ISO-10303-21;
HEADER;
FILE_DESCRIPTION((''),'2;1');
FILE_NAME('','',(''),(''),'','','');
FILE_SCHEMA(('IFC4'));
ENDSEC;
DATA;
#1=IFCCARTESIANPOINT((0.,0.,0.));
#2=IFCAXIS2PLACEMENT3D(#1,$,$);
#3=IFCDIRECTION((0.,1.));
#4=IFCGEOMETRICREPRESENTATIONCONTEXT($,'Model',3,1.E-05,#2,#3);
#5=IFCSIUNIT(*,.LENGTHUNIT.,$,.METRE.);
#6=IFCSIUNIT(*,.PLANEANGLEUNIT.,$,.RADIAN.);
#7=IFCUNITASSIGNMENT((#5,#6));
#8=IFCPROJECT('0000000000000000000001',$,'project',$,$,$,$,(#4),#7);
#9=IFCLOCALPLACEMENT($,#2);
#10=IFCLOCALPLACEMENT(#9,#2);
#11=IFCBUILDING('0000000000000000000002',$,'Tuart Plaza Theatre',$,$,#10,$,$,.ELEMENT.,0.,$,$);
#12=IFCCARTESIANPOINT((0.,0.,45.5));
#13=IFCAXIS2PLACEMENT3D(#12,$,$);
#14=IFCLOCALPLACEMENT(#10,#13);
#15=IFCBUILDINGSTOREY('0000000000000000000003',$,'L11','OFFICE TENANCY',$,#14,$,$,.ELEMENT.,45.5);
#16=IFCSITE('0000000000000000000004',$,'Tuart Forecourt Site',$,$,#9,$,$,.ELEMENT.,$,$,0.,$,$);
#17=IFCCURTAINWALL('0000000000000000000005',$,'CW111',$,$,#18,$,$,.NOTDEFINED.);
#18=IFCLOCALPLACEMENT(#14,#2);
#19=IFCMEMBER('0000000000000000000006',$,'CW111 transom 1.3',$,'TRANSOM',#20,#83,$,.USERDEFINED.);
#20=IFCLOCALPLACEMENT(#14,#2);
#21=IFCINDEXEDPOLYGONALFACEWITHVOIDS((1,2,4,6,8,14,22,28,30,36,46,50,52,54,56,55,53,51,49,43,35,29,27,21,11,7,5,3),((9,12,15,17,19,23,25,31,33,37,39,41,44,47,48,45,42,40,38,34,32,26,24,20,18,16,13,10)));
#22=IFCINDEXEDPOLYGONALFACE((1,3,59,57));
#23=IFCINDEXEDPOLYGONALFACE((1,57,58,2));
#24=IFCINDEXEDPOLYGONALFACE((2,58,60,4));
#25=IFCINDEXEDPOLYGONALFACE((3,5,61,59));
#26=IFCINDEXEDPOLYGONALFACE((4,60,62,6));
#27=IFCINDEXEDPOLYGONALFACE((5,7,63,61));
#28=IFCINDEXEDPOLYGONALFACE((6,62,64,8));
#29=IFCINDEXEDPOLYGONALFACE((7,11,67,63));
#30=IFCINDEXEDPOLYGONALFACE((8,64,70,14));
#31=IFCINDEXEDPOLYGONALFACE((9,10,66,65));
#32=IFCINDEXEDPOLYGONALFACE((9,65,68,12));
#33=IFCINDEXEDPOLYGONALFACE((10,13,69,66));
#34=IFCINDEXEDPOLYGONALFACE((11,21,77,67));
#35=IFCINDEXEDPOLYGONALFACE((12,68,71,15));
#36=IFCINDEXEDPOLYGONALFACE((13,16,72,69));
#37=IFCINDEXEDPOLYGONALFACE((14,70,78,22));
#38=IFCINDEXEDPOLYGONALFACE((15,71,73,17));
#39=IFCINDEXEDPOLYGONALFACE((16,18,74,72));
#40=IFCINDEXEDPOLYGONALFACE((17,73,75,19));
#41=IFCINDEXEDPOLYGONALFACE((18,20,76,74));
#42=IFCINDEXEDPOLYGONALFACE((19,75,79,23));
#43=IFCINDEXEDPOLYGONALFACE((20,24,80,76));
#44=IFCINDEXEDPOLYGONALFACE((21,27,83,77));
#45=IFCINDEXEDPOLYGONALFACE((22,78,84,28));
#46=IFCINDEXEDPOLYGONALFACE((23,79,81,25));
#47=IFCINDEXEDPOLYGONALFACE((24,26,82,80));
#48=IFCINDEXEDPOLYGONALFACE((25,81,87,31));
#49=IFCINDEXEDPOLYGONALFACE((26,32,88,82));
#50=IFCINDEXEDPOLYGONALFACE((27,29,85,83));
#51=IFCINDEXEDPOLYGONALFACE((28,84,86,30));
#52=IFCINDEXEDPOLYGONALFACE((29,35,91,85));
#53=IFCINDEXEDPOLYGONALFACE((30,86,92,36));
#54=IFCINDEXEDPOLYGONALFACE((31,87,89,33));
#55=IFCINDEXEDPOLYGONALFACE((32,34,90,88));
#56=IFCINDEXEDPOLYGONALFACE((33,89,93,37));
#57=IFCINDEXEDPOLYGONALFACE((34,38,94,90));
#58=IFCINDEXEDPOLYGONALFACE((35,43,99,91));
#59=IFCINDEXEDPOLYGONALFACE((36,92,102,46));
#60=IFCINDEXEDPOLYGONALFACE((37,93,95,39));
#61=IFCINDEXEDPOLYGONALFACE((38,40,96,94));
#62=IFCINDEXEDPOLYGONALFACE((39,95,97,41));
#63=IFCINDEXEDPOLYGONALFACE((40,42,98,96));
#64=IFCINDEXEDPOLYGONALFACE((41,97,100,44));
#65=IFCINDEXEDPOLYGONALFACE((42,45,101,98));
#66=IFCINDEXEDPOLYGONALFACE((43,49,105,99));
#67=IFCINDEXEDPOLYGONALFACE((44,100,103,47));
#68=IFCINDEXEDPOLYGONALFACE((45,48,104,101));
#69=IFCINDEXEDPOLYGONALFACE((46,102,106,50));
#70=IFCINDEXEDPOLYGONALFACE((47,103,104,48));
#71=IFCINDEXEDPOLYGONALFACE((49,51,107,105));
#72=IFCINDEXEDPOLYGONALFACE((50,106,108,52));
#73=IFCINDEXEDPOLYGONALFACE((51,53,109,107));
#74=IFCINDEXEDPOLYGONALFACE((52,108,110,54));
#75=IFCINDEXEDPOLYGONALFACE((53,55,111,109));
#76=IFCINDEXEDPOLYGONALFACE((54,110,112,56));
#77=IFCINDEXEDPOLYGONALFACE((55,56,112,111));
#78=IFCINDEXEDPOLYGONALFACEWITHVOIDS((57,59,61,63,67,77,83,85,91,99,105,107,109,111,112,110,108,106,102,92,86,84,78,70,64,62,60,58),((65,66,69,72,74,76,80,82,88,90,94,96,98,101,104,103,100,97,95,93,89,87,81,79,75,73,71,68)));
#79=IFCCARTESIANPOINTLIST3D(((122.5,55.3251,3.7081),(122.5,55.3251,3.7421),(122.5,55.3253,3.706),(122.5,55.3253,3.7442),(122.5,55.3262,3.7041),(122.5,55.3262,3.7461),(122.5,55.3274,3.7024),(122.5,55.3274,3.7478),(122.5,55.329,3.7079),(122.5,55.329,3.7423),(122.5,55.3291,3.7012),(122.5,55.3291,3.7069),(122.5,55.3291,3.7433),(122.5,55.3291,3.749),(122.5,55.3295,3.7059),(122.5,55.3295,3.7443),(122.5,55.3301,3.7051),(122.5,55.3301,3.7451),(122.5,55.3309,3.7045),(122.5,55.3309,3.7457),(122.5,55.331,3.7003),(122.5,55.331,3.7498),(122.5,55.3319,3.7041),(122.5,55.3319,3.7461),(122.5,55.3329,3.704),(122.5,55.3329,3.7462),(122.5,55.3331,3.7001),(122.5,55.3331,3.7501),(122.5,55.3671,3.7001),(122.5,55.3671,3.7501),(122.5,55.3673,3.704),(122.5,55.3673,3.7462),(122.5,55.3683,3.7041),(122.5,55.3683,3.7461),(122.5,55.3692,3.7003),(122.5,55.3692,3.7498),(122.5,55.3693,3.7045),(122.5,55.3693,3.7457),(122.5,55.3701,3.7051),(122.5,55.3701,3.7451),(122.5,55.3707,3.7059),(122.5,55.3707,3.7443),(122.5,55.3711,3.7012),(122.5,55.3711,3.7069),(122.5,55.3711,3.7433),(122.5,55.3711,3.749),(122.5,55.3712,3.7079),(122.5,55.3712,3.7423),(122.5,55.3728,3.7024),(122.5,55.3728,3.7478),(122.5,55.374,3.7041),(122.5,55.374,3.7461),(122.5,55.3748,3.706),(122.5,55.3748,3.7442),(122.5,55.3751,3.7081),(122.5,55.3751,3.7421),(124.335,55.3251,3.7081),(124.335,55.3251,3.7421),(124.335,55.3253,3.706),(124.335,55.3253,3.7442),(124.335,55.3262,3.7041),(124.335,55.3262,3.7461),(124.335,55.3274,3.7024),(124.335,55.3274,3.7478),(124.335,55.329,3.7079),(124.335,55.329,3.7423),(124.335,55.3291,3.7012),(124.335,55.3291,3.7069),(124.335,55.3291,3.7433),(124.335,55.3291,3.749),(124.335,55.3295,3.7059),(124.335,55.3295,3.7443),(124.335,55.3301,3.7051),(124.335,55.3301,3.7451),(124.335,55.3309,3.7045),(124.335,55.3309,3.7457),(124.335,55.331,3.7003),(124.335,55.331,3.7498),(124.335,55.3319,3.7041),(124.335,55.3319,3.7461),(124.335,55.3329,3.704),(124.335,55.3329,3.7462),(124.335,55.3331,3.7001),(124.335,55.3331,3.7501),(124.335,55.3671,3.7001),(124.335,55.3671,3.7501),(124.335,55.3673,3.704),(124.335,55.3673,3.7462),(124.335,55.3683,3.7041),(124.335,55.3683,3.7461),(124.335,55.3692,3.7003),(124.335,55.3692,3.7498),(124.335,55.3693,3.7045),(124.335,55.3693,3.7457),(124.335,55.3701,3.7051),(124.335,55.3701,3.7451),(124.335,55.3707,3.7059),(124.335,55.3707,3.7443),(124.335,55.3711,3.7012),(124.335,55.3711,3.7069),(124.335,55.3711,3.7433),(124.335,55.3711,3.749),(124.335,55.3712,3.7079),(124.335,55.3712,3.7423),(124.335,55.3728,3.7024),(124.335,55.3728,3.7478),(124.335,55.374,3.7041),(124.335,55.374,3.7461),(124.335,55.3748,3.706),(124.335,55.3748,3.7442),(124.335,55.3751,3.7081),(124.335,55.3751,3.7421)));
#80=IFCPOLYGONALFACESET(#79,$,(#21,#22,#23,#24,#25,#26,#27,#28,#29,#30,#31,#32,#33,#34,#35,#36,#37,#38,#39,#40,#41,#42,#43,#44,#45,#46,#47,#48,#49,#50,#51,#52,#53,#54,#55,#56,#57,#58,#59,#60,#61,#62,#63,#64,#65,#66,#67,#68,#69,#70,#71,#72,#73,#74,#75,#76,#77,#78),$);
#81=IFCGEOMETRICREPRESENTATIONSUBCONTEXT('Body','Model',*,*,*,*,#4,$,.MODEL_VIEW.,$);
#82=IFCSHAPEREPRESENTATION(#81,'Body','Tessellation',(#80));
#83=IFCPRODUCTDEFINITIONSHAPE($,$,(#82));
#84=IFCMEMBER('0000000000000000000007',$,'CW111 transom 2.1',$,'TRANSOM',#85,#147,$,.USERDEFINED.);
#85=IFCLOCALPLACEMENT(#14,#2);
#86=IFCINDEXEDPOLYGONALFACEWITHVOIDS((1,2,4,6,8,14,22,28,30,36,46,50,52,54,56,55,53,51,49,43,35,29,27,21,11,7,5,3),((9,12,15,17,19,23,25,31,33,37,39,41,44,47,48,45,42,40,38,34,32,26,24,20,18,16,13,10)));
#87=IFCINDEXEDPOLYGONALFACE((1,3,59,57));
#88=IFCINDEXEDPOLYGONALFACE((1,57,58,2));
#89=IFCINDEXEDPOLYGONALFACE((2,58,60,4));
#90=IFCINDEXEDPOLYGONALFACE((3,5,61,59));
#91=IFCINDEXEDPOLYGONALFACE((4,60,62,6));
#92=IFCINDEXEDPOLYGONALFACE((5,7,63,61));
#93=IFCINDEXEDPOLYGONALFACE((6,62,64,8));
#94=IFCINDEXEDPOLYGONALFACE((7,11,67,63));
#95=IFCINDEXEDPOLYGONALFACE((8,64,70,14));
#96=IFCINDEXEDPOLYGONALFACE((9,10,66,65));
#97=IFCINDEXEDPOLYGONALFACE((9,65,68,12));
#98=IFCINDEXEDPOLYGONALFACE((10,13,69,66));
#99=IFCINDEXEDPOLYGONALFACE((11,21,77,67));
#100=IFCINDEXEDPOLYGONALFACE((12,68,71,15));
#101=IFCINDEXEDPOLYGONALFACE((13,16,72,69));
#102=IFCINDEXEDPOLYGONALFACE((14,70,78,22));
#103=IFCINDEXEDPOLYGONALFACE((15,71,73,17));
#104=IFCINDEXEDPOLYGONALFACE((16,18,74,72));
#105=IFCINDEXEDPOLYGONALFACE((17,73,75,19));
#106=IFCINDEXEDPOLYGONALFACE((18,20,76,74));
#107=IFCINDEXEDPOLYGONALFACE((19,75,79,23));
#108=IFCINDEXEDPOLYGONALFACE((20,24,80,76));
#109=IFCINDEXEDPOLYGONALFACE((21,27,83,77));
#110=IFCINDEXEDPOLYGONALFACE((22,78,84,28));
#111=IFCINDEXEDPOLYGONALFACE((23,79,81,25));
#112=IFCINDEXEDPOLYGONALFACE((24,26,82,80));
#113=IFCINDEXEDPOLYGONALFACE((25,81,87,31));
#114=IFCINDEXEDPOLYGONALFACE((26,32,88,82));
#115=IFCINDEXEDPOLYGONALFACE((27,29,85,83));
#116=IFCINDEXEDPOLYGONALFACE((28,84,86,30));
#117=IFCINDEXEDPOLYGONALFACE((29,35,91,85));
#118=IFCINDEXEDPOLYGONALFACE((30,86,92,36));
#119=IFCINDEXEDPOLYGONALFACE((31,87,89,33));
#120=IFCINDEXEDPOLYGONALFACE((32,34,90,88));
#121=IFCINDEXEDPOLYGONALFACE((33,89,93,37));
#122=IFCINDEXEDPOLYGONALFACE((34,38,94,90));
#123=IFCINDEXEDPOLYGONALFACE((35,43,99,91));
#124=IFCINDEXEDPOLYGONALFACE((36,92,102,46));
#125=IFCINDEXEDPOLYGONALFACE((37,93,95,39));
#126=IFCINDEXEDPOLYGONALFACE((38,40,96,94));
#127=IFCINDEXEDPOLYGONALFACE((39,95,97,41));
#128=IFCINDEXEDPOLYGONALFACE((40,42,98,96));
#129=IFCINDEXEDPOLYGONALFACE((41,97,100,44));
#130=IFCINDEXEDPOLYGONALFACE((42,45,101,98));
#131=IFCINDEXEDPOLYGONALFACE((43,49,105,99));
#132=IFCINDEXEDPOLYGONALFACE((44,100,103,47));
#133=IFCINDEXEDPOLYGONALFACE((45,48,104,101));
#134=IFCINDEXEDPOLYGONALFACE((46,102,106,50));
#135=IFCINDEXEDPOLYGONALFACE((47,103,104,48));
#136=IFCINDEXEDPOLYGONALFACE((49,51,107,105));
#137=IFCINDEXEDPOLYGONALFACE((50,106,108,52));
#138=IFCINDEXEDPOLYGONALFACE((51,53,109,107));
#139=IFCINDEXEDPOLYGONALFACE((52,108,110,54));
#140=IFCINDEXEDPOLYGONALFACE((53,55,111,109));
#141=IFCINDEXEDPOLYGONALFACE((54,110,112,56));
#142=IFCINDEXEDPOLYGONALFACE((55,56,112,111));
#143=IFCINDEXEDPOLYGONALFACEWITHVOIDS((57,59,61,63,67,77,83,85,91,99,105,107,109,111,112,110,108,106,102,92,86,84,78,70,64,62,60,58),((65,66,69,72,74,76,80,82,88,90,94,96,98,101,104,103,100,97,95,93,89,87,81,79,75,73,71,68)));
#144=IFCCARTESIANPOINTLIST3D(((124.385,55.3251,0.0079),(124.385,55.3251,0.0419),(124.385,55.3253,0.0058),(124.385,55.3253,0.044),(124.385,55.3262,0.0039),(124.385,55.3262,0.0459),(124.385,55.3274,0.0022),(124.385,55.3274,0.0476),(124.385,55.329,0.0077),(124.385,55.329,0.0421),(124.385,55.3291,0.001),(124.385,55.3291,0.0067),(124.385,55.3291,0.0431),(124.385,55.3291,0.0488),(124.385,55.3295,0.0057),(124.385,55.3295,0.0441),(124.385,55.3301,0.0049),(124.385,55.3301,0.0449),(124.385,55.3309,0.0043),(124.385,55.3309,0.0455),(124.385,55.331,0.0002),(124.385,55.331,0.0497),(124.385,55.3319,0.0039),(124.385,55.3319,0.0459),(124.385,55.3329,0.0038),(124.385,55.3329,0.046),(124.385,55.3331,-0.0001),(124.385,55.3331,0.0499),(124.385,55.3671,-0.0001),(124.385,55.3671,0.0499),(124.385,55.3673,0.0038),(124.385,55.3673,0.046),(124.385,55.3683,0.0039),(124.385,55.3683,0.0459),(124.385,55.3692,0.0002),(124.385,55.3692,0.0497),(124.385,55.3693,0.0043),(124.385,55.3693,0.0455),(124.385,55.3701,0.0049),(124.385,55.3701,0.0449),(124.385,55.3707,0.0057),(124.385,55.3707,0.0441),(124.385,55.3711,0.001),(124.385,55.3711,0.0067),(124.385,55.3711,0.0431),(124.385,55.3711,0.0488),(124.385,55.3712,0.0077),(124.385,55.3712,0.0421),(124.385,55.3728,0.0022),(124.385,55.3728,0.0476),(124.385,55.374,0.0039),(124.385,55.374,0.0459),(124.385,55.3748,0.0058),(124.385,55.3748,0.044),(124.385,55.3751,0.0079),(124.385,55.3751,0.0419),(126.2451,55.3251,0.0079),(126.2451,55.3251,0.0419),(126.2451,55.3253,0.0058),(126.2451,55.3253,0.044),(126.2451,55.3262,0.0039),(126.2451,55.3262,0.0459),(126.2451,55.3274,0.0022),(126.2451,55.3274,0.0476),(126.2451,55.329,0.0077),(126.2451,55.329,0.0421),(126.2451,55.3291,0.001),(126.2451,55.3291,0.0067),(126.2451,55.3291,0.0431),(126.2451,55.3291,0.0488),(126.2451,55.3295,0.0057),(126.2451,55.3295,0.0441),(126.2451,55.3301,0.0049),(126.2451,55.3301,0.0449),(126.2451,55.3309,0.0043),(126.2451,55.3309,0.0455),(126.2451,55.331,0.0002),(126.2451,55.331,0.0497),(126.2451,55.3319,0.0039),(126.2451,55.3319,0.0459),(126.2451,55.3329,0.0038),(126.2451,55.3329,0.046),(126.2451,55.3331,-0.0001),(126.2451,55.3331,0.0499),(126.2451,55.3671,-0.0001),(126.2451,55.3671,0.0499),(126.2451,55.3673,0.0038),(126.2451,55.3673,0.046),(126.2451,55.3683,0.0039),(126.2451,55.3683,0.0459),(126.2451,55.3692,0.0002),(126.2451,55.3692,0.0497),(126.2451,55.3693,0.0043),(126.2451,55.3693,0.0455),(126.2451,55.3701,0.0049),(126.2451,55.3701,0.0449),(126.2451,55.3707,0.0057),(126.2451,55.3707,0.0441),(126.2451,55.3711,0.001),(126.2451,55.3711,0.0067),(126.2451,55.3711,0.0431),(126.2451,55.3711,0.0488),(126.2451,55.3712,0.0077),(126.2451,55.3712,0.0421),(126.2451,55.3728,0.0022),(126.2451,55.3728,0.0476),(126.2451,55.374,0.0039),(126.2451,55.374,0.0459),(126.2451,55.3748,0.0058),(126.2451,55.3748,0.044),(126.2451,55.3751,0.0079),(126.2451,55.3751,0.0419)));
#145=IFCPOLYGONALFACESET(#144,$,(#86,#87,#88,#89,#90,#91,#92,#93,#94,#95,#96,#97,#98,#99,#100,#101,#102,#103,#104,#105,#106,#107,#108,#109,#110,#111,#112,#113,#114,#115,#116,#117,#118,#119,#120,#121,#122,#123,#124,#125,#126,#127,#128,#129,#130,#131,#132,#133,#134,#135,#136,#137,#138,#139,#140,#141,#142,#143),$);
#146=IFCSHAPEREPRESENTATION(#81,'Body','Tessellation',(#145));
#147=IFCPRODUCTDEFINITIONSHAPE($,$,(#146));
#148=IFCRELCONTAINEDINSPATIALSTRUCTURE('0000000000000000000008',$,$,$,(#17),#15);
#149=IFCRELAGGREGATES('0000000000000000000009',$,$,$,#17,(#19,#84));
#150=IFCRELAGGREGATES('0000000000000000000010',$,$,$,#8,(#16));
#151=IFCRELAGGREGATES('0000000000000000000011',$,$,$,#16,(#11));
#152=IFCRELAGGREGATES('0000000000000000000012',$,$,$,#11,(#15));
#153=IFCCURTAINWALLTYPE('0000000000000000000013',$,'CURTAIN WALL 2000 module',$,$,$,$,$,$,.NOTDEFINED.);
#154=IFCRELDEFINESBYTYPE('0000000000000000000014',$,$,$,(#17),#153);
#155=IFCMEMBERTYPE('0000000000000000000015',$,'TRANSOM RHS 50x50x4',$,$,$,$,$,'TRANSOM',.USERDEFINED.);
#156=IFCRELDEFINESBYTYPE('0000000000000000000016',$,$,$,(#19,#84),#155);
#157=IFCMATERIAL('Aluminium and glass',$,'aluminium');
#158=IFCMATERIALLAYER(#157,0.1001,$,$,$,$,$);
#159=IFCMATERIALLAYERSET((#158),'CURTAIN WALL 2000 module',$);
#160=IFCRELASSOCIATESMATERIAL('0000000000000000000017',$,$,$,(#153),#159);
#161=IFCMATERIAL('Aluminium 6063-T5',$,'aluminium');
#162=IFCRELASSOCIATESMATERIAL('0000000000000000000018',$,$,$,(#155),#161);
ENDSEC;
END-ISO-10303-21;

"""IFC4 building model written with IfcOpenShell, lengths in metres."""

from ifc_helpers import new_model, si_unit, direction, frame, origin, origin_2d, place, context, subcontext, project, spatial, hollow_rectangle, extrude, material, layer, layer_set, material_profile, profile_set, type_object, element, aggregate, save


model = new_model("IFC4")

# Units and contexts
model_context = context("Model", 3, precision=1e-05, world=origin(), true_north=direction((0.0, 1.0)))
body_context = subcontext(model_context, "Body", "Model", "MODEL_VIEW")
ifc_project = project(units=[si_unit("LENGTHUNIT", "METRE"), si_unit("PLANEANGLEUNIT", "RADIAN")], contexts=[model_context])

# Site, building, storey
site_placement = place(None, origin())
site = spatial("IfcSite", under=ifc_project, at=site_placement, Name="Tuart Forecourt Site", CompositionType="ELEMENT", RefElevation=0.0)
building_placement = place(site_placement, origin())
building = spatial("IfcBuilding", under=site, at=building_placement, Name="Tuart Plaza Theatre", CompositionType="ELEMENT", ElevationOfRefHeight=0.0)
storey_placement = place(building_placement, frame((0.0, 0.0, 45.5)))
storey = spatial("IfcBuildingStorey", under=building, at=storey_placement, Name="L11", Description="OFFICE TENANCY", CompositionType="ELEMENT", Elevation=45.5)

# Curtain wall
ifc_material_1 = material(Name="Aluminium and glass", Category="aluminium")
ifc_layer_1 = layer(ifc_material_1, 0.1001)
ifc_layer_set_1 = layer_set([ifc_layer_1], Name="CURTAIN WALL 2000 module")
curtain_wall_type = type_object("IfcCurtainWallType", Name="CURTAIN WALL 2000 module", PredefinedType="NOTDEFINED", material=ifc_layer_set_1)
curtain_wall_1_placement = place(storey_placement, origin())
curtain_wall_1 = element("IfcCurtainWall", 1, at=curtain_wall_1_placement, inside=storey, type_object=curtain_wall_type, Name="CW111", PredefinedType="NOTDEFINED")

# Members
ifc_material_2 = material(Name="Aluminium 6063-T5", Category="aluminium")
ifc_material_profile_1 = material_profile(ifc_material_2, hollow_rectangle(XDim=0.05, YDim=0.05, WallThickness=0.0039, InnerFilletRadius=0.0039, OuterFilletRadius=0.0081, at=origin_2d()), Name="RHS 50x50x4")
ifc_profile_set_1 = profile_set([ifc_material_profile_1], Name="Aluminium 6063-T5")
member_type_1 = type_object("IfcMemberType", Name="TRANSOM RHS 50x50x4", ElementType="TRANSOM", PredefinedType="USERDEFINED", material=ifc_profile_set_1)
member_1_placement = place(storey_placement, frame((122.5, 55.3501, 3.7251), z_axis=(1.0, 0.0, 0.0), x_axis=(0.0, 1.0, 0.0)))
member_1 = element("IfcMember", 2, at=member_1_placement, type_object=member_type_1, Name="CW111 transom 1.3", ObjectType="TRANSOM", PredefinedType="USERDEFINED", context=body_context, shape_type="SweptSolid", body=[
    extrude(hollow_rectangle(XDim=0.05, YDim=0.05, WallThickness=0.0039, InnerFilletRadius=0.0039, OuterFilletRadius=0.0081, at=origin_2d()), origin(), (0.0, 0.0, 1.0), 1.835),
])
member_2_placement = place(storey_placement, frame((124.385, 55.3501, 0.0249), z_axis=(1.0, 0.0, 0.0), x_axis=(0.0, 1.0, 0.0)))
member_2 = element("IfcMember", 3, at=member_2_placement, type_object=member_type_1, Name="CW111 transom 2.1", ObjectType="TRANSOM", PredefinedType="USERDEFINED", context=body_context, shape_type="SweptSolid", body=[
    extrude(hollow_rectangle(XDim=0.05, YDim=0.05, WallThickness=0.0039, InnerFilletRadius=0.0039, OuterFilletRadius=0.0081, at=origin_2d()), origin(), (0.0, 0.0, 1.0), 1.8601),
])

aggregate(curtain_wall_1, [member_1, member_2])

save(model, "model.ifc")
